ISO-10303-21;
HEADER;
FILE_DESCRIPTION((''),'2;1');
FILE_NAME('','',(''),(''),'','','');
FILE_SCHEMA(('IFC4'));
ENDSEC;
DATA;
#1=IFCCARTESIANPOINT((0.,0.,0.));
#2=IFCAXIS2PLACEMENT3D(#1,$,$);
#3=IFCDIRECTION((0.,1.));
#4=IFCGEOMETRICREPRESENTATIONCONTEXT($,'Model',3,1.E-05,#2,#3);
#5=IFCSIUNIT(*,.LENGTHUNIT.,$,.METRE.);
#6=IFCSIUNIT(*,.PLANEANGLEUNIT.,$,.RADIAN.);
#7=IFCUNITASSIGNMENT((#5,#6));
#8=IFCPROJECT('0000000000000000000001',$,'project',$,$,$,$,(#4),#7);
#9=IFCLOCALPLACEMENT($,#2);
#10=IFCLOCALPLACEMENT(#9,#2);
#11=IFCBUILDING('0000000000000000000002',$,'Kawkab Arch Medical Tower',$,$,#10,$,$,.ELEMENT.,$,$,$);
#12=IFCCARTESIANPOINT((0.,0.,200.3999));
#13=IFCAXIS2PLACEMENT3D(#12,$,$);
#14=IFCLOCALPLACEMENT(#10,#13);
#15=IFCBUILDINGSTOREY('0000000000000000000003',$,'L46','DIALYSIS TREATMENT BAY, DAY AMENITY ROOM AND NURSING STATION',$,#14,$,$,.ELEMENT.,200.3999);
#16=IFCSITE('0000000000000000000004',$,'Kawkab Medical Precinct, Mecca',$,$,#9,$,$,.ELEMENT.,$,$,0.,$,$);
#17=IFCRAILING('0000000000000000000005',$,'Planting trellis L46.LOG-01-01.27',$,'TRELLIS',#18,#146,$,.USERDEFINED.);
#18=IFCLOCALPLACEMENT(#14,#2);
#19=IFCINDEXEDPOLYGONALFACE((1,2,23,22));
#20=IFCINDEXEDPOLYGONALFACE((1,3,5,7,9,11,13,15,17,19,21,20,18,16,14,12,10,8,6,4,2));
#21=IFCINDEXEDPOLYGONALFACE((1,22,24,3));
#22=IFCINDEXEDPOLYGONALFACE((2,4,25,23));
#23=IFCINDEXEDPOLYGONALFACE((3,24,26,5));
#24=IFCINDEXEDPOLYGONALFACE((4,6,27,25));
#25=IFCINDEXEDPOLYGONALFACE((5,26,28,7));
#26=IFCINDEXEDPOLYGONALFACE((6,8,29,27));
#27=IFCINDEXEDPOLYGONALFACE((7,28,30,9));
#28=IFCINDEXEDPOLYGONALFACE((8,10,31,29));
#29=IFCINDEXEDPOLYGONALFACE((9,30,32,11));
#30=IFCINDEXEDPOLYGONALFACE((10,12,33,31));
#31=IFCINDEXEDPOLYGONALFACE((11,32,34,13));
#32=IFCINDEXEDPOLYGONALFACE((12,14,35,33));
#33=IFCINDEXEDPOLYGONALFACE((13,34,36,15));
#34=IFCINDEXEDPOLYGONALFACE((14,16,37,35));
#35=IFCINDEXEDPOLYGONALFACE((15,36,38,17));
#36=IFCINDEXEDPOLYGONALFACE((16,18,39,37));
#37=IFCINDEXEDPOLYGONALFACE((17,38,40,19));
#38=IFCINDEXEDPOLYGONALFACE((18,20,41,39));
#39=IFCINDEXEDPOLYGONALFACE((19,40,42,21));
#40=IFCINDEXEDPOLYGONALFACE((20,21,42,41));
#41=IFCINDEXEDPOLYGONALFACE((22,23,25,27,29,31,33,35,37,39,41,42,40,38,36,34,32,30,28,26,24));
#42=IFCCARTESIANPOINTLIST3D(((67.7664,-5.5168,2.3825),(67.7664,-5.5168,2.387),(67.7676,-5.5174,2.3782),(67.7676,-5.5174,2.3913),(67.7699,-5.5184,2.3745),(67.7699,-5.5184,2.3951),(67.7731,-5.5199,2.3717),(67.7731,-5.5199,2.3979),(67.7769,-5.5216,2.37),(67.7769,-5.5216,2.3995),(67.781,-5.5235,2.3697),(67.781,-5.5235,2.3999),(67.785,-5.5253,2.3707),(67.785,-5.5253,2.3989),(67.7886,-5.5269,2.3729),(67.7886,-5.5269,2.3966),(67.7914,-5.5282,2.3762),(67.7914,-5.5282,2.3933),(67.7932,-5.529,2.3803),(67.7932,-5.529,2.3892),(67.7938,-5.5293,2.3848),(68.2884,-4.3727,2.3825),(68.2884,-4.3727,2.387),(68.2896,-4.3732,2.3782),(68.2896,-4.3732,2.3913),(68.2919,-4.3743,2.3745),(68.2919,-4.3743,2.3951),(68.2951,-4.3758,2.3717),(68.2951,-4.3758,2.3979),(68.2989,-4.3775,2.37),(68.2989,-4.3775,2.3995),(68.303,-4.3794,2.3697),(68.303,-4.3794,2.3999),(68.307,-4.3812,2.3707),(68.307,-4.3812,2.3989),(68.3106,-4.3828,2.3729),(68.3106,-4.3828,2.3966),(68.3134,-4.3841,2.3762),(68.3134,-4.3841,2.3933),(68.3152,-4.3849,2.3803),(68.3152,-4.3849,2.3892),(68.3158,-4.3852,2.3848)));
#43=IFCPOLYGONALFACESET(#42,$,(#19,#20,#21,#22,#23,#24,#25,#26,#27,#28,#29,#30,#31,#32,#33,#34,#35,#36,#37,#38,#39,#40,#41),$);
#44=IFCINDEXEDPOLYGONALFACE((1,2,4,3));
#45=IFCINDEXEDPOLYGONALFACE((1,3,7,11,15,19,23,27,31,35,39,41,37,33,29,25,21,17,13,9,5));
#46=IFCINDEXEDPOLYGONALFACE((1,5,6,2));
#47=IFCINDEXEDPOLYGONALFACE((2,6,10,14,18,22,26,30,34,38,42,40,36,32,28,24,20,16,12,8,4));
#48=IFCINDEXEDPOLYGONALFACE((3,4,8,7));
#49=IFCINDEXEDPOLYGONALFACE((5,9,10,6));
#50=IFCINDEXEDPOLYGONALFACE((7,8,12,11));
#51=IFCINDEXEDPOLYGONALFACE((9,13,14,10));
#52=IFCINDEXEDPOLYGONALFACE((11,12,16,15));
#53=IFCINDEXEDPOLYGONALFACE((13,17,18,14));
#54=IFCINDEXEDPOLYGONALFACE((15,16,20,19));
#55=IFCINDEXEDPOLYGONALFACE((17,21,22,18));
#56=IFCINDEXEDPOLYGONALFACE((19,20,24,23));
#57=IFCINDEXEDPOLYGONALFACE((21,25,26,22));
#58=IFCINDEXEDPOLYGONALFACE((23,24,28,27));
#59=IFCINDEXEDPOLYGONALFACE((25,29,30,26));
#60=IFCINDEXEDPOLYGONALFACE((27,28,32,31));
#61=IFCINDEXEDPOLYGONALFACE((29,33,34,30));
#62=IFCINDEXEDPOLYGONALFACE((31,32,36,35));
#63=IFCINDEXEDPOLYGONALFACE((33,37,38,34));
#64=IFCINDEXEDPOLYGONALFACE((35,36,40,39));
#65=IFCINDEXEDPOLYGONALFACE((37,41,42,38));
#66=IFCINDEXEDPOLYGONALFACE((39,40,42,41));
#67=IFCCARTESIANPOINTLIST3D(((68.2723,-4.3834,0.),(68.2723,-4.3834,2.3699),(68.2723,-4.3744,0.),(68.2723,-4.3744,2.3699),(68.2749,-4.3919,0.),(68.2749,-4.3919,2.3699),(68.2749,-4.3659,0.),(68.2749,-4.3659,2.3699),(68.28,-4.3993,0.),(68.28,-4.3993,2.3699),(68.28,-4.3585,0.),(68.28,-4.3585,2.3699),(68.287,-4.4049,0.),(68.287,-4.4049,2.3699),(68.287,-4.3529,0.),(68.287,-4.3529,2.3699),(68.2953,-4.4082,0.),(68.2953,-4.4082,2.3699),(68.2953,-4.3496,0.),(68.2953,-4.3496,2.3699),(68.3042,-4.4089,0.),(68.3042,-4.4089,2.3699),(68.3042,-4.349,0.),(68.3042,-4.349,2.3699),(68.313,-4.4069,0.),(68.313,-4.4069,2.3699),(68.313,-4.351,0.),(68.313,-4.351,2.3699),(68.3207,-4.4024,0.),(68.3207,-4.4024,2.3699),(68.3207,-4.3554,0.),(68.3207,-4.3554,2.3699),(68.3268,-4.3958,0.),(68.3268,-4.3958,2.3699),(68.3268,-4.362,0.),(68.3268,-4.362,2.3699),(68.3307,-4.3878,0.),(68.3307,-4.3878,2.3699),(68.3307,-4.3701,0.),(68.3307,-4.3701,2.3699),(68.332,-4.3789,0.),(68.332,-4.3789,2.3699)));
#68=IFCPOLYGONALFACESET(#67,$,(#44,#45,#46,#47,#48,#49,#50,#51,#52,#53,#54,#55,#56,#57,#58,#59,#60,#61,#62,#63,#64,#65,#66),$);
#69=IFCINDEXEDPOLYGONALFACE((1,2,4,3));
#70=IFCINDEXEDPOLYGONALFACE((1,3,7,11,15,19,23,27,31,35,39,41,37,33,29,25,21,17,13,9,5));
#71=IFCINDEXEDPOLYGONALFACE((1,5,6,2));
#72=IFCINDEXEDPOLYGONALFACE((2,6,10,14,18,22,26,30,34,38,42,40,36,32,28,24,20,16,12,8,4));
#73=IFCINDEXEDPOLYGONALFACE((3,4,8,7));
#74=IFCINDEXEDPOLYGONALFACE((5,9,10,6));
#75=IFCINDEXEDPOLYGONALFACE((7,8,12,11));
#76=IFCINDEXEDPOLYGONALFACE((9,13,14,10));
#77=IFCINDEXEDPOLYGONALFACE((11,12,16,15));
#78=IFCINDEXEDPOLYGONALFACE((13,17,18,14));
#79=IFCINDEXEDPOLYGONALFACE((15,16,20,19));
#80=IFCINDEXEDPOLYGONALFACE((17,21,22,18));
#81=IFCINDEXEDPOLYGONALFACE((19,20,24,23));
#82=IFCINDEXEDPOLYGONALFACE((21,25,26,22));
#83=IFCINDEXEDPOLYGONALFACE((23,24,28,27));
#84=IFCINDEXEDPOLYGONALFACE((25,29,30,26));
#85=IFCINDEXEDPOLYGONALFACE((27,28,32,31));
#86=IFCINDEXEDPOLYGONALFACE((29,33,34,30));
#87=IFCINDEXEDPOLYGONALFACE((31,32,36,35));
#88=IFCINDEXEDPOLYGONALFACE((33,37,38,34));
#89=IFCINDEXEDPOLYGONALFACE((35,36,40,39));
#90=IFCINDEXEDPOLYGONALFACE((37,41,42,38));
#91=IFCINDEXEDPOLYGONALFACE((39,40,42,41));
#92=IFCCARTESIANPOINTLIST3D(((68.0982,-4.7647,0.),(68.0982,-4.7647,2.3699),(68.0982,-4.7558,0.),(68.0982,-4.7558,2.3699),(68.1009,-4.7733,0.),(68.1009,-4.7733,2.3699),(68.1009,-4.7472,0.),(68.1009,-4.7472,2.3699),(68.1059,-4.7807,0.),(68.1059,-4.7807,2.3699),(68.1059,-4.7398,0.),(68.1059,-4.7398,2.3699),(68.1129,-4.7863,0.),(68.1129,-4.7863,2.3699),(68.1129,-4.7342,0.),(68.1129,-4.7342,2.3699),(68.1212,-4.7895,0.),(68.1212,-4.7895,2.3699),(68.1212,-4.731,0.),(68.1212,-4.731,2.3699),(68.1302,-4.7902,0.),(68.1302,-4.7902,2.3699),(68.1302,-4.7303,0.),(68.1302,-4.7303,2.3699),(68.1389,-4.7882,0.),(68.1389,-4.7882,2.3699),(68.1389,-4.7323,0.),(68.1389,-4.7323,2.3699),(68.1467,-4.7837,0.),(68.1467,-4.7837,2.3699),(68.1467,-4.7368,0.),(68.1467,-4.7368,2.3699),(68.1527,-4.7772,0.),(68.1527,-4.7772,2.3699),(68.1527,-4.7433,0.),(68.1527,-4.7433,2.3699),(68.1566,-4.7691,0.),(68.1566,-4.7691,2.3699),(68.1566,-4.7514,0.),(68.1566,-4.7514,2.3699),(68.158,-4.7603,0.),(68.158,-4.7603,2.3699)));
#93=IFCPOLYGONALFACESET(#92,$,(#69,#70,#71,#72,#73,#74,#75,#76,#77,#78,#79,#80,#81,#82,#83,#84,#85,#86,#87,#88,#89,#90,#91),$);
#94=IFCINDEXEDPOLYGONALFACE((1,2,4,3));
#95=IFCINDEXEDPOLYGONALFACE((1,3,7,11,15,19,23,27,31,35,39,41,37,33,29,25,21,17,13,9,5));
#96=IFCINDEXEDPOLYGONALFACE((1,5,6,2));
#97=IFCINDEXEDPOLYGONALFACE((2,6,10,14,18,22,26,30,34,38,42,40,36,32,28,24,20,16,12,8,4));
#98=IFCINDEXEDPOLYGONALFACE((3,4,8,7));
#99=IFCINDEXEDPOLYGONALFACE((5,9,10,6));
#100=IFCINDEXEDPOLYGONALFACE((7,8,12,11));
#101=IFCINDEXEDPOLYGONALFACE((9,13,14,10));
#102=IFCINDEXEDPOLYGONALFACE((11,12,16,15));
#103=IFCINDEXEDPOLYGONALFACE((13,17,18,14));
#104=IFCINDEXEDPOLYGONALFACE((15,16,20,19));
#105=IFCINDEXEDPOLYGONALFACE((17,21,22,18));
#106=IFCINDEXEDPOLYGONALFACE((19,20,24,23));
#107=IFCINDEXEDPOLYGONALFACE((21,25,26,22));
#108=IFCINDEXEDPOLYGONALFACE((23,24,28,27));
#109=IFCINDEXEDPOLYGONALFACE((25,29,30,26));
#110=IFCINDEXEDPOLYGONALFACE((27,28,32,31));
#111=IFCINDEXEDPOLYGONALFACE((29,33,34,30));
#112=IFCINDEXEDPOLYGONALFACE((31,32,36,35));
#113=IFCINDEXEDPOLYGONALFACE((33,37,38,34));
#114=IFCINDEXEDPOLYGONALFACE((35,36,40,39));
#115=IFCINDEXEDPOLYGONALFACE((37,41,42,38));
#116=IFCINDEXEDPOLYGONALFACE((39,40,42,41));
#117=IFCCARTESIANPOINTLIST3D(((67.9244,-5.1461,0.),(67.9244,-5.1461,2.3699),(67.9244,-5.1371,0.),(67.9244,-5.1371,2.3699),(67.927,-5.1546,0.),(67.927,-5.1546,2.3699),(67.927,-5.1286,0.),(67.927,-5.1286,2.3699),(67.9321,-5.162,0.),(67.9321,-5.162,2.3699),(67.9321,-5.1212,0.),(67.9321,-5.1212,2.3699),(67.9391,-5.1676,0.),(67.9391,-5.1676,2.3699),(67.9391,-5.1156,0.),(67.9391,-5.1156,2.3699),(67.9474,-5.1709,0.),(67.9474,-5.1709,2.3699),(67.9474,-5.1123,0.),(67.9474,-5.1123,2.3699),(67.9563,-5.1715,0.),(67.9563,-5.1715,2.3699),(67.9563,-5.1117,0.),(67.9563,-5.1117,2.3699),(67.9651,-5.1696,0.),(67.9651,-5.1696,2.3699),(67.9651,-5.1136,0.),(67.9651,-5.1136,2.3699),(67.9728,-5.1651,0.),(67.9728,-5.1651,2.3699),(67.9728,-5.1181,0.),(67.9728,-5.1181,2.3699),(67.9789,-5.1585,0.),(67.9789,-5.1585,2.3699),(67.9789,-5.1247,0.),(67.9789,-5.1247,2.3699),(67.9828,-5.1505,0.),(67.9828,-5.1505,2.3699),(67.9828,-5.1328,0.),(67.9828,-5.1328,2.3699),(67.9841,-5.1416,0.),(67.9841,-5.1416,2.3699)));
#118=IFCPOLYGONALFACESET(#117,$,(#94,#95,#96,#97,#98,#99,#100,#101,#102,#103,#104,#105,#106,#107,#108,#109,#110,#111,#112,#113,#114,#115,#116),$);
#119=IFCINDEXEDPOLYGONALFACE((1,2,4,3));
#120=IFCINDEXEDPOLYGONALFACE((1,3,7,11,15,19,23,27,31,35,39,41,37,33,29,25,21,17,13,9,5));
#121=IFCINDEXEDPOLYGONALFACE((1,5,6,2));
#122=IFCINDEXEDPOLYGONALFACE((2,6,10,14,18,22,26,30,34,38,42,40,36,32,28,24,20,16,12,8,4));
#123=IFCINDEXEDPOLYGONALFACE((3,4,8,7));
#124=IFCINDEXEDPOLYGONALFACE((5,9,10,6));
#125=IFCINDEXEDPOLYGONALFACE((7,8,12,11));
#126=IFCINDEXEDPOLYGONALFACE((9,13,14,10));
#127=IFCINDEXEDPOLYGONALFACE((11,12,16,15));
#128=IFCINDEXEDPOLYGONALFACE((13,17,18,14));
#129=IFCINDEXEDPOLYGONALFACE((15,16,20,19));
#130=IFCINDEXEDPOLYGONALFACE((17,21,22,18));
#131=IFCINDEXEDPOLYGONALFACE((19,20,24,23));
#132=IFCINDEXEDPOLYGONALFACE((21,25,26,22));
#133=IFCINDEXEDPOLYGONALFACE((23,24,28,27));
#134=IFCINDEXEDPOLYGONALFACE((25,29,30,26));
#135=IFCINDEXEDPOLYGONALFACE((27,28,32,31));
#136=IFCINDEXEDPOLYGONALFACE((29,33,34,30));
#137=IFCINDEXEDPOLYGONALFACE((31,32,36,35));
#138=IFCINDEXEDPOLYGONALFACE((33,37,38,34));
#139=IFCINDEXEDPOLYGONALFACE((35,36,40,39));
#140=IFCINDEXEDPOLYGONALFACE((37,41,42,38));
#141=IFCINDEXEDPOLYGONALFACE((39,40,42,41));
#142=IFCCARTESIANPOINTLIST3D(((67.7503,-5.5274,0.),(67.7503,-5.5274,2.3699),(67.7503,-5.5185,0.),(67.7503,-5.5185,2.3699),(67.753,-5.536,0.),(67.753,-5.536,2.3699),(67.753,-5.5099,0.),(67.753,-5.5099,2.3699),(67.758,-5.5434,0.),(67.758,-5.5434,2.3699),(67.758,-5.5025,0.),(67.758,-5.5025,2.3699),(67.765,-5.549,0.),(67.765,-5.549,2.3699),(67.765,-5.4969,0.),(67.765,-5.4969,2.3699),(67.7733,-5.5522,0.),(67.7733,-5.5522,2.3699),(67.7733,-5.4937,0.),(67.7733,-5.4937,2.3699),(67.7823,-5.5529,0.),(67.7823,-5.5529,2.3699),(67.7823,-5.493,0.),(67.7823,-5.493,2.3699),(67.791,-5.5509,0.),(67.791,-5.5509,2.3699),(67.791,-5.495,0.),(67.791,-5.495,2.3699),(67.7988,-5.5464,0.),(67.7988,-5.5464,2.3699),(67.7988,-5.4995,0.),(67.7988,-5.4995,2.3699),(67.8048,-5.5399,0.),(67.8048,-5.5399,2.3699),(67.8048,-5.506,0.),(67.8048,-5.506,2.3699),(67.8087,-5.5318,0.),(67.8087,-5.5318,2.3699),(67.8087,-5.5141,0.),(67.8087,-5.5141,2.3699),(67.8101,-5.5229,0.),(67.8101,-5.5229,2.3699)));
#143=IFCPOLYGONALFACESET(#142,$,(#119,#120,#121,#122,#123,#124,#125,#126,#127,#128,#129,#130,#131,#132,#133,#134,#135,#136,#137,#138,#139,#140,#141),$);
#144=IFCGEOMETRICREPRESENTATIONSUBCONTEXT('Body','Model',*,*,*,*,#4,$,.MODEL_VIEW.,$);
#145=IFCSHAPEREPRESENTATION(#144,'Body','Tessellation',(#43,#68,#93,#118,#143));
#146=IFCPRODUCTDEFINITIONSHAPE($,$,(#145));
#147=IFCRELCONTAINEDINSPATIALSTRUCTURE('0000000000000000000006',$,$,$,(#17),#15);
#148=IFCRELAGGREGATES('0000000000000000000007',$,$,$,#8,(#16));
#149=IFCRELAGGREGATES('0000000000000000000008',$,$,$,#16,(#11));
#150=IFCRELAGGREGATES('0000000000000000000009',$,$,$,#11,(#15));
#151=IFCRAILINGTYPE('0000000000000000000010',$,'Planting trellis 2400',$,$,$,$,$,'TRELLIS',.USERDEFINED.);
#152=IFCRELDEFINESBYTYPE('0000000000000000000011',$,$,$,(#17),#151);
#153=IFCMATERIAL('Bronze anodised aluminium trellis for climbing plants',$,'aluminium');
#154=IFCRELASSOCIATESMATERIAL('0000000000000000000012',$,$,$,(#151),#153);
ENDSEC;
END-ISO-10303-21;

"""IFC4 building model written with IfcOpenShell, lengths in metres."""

from ifc_helpers import new_model, si_unit, direction, frame, origin, origin_2d, place, context, subcontext, project, spatial, circle, extrude, material, type_object, element, save


model = new_model("IFC4")

# Units and contexts
model_context = context("Model", 3, precision=1e-05, world=origin(), true_north=direction((0.0, 1.0)))
body_context = subcontext(model_context, "Body", "Model", "MODEL_VIEW")
ifc_project = project(units=[si_unit("LENGTHUNIT", "METRE"), si_unit("PLANEANGLEUNIT", "RADIAN")], contexts=[model_context])

# Site, building, storey
site_placement = place(None, origin())
site = spatial("IfcSite", under=ifc_project, at=site_placement, Name="Kawkab Medical Precinct, Mecca", CompositionType="ELEMENT", RefElevation=0.0)
building_placement = place(site_placement, origin())
building = spatial("IfcBuilding", under=site, at=building_placement, Name="Kawkab Arch Medical Tower", CompositionType="ELEMENT")
storey_placement = place(building_placement, frame((0.0, 0.0, 200.3999)))
storey = spatial("IfcBuildingStorey", under=building, at=storey_placement, Name="L46", Description="DIALYSIS TREATMENT BAY, DAY AMENITY ROOM AND NURSING STATION", CompositionType="ELEMENT", Elevation=200.3999)

# Railing
ifc_material_1 = material(Name="Bronze anodised aluminium trellis for climbing plants", Category="aluminium")
railing_type_1 = type_object("IfcRailingType", Name="Planting trellis 2400", ElementType="TRELLIS", PredefinedType="USERDEFINED", material=ifc_material_1)
railing_1_placement = place(storey_placement, frame((68.302, -4.3789, 0.0)))
element("IfcRailing", 1, at=railing_1_placement, inside=storey, type_object=railing_type_1, Name="Planting trellis L46.LOG-01-01.27", ObjectType="TRELLIS", PredefinedType="USERDEFINED", context=body_context, shape_type="SweptSolid", body=[
    extrude(circle(Radius=0.0151, at=origin_2d()), frame((0.0, 0.0, 2.3848), z_axis=(-0.41509, -0.90978, 0.0), x_axis=(0.90978, -0.41509, 0.0)), (0.0, 0.0, 1.0), 1.2576),
    extrude(circle(Radius=0.03, at=origin_2d()), origin(), (0.0, 0.0, 1.0), 2.3699),
    extrude(circle(Radius=0.03, at=origin_2d()), frame((-0.1741, -0.3813, 0.0)), (0.0, 0.0, 1.0), 2.3699),
    extrude(circle(Radius=0.03, at=origin_2d()), frame((-0.3479, -0.7627, 0.0)), (0.0, 0.0, 1.0), 2.3699),
    extrude(circle(Radius=0.03, at=origin_2d()), frame((-0.522, -1.144, 0.0)), (0.0, 0.0, 1.0), 2.3699),
])

save(model, "model.ifc")
